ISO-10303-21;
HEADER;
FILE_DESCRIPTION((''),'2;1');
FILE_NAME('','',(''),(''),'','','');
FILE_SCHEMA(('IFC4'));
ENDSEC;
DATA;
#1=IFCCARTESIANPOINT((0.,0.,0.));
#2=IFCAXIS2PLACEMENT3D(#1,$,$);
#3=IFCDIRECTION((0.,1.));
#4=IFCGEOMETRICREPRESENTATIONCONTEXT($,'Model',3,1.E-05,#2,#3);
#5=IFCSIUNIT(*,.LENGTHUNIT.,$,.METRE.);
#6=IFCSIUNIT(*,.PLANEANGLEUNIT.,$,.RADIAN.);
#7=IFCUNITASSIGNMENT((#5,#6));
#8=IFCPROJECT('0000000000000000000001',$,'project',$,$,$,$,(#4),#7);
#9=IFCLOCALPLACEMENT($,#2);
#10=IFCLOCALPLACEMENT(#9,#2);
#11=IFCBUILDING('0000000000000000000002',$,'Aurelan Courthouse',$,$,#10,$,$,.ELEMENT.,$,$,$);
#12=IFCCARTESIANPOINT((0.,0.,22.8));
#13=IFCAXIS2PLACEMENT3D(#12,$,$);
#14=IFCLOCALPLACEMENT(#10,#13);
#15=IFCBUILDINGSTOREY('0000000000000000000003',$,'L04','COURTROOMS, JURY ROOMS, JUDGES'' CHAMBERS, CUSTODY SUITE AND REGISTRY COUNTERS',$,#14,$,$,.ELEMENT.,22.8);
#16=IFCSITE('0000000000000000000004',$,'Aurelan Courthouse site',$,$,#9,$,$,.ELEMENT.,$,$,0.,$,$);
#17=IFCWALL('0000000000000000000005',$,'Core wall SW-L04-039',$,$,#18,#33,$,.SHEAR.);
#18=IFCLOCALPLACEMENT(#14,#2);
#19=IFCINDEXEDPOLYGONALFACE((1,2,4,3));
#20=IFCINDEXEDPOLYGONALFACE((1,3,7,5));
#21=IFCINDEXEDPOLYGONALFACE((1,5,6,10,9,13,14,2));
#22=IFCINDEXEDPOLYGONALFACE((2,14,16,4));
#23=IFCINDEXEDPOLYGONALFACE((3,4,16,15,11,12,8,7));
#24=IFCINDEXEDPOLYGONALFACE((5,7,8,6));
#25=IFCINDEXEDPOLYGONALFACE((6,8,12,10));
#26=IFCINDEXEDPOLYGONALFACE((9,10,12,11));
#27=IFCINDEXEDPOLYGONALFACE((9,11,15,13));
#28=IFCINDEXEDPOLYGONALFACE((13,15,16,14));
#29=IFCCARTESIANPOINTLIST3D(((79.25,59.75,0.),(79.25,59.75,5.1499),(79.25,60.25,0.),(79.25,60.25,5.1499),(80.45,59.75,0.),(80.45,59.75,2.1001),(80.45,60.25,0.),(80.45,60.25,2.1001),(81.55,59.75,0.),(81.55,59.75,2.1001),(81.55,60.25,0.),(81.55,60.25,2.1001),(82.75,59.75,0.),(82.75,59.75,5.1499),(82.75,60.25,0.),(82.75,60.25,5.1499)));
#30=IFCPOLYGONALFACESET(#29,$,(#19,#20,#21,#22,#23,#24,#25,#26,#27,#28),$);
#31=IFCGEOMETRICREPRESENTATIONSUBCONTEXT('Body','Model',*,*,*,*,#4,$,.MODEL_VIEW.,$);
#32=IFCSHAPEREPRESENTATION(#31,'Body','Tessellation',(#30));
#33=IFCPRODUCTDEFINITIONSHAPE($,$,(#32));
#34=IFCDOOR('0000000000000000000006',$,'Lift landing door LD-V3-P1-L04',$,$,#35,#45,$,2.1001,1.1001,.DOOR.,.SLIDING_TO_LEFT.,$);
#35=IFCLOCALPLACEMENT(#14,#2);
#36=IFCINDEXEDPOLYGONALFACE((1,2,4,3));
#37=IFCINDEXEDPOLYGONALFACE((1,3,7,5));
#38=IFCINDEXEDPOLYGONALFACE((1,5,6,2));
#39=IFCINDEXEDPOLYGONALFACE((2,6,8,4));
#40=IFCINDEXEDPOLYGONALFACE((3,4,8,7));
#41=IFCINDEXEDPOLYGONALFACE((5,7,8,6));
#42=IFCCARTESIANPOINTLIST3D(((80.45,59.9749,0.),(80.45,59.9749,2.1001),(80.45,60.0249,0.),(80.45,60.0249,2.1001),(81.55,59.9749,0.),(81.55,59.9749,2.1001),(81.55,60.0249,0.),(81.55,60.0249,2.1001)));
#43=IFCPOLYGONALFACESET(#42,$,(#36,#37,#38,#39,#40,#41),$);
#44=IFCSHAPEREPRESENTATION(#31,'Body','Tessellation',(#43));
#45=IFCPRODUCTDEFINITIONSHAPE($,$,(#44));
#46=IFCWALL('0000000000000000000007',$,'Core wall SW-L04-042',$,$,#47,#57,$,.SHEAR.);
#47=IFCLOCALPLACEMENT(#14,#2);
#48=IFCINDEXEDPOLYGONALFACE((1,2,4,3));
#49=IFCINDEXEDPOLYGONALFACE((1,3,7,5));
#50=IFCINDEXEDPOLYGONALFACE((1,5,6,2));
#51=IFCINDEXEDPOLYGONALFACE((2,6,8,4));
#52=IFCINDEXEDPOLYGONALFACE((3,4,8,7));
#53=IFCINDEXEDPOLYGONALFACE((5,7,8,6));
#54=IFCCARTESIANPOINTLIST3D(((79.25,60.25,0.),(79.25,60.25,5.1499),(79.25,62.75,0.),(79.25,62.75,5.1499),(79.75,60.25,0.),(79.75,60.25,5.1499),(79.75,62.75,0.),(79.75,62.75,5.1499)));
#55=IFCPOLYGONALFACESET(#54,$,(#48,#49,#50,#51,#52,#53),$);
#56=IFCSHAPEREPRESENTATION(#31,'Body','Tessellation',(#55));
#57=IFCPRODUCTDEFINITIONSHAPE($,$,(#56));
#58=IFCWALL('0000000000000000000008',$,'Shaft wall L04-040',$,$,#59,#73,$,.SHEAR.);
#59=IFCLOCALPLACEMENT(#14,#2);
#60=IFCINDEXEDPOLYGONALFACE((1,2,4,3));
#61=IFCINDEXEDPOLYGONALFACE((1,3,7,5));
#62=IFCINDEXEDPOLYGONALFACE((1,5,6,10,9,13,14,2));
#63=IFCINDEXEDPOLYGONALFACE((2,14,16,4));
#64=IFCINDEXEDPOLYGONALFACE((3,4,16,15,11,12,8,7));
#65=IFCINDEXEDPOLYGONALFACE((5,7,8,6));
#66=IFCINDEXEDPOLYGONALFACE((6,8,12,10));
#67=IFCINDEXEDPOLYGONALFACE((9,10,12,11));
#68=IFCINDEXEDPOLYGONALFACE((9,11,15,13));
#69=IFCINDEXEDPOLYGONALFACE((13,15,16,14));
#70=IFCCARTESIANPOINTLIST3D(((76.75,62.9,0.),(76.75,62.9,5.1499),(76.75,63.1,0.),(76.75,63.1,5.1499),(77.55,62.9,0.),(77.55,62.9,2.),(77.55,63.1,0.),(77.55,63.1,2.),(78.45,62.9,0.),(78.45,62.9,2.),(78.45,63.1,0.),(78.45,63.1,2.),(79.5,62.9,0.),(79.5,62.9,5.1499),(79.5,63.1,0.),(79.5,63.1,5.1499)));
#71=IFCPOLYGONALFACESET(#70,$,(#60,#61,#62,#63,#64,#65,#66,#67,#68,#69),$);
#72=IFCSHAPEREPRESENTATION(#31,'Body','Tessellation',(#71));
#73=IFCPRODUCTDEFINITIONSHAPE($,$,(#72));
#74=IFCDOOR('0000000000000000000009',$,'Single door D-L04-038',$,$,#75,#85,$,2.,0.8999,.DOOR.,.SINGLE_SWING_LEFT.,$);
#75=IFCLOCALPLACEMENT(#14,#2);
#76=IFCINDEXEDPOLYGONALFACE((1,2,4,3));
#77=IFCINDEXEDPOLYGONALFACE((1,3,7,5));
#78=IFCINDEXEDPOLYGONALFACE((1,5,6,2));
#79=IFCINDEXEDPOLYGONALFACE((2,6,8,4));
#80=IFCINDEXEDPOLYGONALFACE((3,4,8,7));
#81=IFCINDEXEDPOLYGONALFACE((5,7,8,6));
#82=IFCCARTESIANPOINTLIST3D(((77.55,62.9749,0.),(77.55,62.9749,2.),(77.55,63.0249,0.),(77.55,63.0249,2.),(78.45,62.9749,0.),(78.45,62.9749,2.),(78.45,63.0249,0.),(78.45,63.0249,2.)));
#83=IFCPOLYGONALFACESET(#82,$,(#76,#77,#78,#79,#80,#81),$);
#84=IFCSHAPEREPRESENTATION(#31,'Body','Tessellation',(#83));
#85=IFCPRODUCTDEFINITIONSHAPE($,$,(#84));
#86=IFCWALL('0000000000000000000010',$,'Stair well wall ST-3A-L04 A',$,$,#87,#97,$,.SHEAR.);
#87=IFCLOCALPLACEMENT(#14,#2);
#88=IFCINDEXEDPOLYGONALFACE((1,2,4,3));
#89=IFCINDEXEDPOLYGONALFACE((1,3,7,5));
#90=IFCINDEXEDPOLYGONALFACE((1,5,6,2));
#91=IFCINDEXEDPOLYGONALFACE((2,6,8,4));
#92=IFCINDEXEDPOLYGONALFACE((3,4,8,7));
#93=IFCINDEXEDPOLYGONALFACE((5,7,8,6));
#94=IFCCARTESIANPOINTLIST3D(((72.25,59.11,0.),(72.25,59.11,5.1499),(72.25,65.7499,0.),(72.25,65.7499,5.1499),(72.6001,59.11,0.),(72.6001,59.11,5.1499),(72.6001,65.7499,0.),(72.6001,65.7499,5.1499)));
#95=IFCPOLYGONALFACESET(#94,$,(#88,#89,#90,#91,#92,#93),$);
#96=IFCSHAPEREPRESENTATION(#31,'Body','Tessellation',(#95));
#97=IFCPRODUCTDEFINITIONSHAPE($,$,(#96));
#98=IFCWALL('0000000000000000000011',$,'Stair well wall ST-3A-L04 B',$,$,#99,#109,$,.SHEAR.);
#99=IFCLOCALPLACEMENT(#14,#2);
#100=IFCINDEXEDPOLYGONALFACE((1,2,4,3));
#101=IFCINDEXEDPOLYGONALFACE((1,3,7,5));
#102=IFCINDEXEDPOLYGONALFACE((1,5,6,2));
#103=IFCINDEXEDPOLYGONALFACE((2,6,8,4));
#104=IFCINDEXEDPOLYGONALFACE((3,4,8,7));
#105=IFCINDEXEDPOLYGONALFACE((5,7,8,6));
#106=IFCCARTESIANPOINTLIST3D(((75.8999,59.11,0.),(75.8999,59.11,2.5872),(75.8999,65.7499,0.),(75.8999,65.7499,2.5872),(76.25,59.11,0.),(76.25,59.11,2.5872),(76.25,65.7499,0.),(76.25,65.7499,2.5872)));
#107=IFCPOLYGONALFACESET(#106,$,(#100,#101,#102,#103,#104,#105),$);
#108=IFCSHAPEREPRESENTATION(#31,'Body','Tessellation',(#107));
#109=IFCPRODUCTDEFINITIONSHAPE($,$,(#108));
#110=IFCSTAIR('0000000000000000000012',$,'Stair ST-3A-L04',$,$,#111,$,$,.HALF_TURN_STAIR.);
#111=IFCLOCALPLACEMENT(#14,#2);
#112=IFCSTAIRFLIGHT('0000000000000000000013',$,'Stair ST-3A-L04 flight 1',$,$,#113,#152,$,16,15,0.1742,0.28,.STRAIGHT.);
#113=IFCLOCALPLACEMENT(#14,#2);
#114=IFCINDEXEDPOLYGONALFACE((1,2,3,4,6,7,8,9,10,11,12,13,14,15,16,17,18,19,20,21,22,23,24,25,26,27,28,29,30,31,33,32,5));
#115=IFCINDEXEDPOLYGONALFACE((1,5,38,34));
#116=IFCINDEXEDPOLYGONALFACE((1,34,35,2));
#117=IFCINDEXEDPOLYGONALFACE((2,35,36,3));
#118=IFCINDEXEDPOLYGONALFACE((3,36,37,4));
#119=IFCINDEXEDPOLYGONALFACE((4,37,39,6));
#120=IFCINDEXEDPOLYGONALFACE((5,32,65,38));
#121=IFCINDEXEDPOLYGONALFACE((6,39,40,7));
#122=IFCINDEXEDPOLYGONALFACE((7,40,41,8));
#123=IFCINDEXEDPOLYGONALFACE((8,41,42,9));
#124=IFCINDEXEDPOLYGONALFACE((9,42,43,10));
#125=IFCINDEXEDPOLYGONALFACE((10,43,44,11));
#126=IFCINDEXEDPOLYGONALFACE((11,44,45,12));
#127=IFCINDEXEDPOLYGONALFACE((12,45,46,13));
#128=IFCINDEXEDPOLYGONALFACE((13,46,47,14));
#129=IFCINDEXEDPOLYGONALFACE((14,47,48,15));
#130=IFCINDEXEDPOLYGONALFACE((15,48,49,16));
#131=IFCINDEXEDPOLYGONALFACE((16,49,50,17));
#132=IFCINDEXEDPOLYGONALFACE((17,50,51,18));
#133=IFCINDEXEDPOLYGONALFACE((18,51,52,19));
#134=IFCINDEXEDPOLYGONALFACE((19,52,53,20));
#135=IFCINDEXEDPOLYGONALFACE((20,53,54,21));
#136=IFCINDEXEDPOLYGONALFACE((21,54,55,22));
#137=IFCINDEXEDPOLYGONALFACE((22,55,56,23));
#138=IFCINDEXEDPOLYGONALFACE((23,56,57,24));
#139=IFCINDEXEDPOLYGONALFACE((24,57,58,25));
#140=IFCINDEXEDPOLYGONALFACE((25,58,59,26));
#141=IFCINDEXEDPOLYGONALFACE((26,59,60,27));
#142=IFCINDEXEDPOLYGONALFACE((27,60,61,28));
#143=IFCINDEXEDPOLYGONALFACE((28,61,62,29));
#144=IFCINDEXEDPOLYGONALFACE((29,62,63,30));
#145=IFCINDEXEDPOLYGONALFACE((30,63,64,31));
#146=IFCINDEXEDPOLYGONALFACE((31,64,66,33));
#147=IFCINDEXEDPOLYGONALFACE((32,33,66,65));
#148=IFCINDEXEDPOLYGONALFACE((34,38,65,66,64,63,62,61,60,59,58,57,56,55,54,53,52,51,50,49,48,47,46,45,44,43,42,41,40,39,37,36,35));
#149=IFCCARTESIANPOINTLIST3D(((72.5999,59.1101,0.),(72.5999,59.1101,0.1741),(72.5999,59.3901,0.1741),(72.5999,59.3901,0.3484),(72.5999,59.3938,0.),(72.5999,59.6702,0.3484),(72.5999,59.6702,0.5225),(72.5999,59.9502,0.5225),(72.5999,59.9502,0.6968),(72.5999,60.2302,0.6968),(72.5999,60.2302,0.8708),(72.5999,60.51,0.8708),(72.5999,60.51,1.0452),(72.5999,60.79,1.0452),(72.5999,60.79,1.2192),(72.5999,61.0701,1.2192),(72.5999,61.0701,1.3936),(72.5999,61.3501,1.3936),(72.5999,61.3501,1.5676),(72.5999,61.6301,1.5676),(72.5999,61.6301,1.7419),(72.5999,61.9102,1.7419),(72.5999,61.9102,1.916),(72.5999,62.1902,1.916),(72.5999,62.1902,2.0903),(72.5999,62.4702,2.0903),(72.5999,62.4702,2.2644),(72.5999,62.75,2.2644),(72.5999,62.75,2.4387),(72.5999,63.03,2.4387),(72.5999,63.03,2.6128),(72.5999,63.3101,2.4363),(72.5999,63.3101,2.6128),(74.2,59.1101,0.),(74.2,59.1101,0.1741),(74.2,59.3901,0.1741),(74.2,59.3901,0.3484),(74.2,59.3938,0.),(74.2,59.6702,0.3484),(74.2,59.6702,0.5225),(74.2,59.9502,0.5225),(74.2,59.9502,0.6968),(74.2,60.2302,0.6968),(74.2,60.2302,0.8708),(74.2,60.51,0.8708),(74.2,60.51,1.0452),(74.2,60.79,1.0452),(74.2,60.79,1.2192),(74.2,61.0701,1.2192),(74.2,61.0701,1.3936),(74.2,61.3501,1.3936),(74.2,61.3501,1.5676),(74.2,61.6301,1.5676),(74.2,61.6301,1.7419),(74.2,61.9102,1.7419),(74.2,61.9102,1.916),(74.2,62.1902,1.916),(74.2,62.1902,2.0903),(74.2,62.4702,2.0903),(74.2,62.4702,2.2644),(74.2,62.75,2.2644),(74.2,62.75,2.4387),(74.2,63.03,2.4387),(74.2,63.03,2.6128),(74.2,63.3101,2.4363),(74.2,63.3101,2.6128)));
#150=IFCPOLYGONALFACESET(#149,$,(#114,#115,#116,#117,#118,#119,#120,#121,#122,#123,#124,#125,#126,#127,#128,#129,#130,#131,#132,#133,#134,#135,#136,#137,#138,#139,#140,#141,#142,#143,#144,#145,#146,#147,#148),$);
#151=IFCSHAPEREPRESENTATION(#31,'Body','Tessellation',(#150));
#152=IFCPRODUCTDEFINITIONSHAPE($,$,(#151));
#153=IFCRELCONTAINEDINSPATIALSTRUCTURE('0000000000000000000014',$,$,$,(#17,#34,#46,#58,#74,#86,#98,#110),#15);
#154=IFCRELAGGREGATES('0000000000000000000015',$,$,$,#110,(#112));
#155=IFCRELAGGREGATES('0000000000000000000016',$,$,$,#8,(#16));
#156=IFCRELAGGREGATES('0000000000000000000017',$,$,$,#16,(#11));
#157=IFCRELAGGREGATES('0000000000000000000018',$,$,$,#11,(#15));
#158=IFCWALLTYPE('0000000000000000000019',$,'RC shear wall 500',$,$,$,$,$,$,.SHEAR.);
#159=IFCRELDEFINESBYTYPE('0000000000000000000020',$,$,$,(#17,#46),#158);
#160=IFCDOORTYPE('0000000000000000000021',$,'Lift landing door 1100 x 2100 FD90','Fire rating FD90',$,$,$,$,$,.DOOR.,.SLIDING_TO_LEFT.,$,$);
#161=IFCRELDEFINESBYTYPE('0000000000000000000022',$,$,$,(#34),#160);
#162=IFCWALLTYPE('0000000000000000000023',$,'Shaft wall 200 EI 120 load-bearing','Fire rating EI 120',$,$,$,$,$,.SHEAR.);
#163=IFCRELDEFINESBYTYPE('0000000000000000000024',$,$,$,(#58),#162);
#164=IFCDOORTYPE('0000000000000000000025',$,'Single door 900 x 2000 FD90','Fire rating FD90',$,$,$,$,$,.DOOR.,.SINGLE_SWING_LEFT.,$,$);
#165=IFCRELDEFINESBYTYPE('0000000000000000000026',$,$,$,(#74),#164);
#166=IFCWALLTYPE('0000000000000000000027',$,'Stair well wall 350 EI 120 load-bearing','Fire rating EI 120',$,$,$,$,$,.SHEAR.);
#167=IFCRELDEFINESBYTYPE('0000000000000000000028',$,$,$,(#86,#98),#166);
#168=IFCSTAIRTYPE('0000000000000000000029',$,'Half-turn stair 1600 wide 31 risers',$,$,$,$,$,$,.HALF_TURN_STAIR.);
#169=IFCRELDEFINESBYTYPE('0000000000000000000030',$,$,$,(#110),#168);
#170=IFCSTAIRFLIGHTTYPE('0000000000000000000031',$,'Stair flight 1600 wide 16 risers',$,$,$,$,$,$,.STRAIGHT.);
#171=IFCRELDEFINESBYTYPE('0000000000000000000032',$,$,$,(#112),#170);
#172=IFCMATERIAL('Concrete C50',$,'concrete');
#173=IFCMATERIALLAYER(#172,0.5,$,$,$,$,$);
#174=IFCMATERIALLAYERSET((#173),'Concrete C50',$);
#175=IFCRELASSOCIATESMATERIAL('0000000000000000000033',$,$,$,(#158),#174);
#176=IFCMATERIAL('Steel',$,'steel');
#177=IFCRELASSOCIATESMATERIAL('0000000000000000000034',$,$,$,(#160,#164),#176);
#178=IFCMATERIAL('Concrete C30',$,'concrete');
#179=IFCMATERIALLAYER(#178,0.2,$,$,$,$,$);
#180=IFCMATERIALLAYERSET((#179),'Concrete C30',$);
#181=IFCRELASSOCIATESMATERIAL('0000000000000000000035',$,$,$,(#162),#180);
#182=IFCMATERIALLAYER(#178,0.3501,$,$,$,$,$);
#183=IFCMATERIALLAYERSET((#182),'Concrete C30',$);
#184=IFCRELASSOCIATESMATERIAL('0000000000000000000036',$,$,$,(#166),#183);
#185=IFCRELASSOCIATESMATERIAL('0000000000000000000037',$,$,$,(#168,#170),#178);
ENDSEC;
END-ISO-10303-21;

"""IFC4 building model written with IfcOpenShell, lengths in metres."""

from ifc_helpers import new_model, si_unit, direction, frame, frame_2d, origin, place, context, subcontext, project, spatial, polyline, rectangle, outline, extrude, material, layer, layer_set, type_object, element, fill, aggregate, save


model = new_model("IFC4")

# Units and contexts
model_context = context("Model", 3, precision=1e-05, world=origin(), true_north=direction((0.0, 1.0)))
body_context = subcontext(model_context, "Body", "Model", "MODEL_VIEW")
ifc_project = project(units=[si_unit("LENGTHUNIT", "METRE"), si_unit("PLANEANGLEUNIT", "RADIAN")], contexts=[model_context])

# Site, building, storey
site_placement = place(None, origin())
site = spatial("IfcSite", under=ifc_project, at=site_placement, Name="Aurelan Courthouse site", CompositionType="ELEMENT", RefElevation=0.0)
building_placement = place(site_placement, origin())
building = spatial("IfcBuilding", under=site, at=building_placement, Name="Aurelan Courthouse", CompositionType="ELEMENT")
storey_placement = place(building_placement, frame((0.0, 0.0, 22.8)))
storey = spatial("IfcBuildingStorey", under=building, at=storey_placement, Name="L04", Description="COURTROOMS, JURY ROOMS, JUDGES' CHAMBERS, CUSTODY SUITE AND REGISTRY COUNTERS", CompositionType="ELEMENT", Elevation=22.8)

# Shared definitions
ifc_material_1 = material(Name="Concrete C50", Category="concrete")

# Shared definitions
ifc_material_2 = material(Name="Steel", Category="steel")

# Shared definitions
ifc_layer_1 = layer(ifc_material_1, 0.5)
ifc_layer_set_1 = layer_set([ifc_layer_1], Name="Concrete C50")
wall_type_1 = type_object("IfcWallType", Name="RC shear wall 500", PredefinedType="SHEAR", material=ifc_layer_set_1)

# Wall, opening, door
wall_1_placement = place(storey_placement, frame((79.25, 60.0, 0.0), z_axis=(0.0, 0.0, 1.0), x_axis=(1.0, 0.0, 0.0)))
wall_1 = element("IfcWall", 1, at=wall_1_placement, inside=storey, type_object=wall_type_1, Name="Core wall SW-L04-039", PredefinedType="SHEAR", context=body_context, shape_type="SweptSolid", body=[
    extrude(rectangle(XDim=3.5, YDim=0.5, at=frame_2d((1.75, 0.0))), origin(), (0.0, 0.0, 1.0), 5.1499),
])
opening_1_placement = place(wall_1_placement, frame((1.2, 0.0, 0.0)))
opening_1 = element("IfcOpeningElement", 2, at=opening_1_placement, cuts=wall_1, PredefinedType="OPENING", context=body_context, shape_type="SweptSolid", body=[
    extrude(rectangle(XDim=1.1001, YDim=2.1001, at=frame_2d((0.55, 1.05))), frame((0.0, 0.26, 0.0), z_axis=(0.0, -1.0, 0.0), x_axis=(1.0, 0.0, 0.0)), (0.0, 0.0, 1.0), 0.52),
])
door_type_1 = type_object("IfcDoorType", Name="Lift landing door 1100 x 2100 FD90", Description="Fire rating FD90", OperationType="SLIDING_TO_LEFT", PredefinedType="DOOR", material=ifc_material_2)
door_1_placement = place(opening_1_placement, origin())
door_1 = element("IfcDoor", 3, at=door_1_placement, inside=storey, type_object=door_type_1, Name="Lift landing door LD-V3-P1-L04", OperationType="SLIDING_TO_LEFT", OverallHeight=2.1001, OverallWidth=1.1001, PredefinedType="DOOR", context=body_context, shape_type="SweptSolid", body=[
    extrude(rectangle(XDim=1.1001, YDim=2.1001, at=frame_2d((0.55, 1.05))), frame((0.0, 0.0249, 0.0), z_axis=(0.0, -1.0, 0.0), x_axis=(1.0, 0.0, 0.0)), (0.0, 0.0, 1.0), 0.05),
])
fill(opening_1, door_1)

# Wall
wall_2_placement = place(storey_placement, frame((79.5, 60.25, 0.0), z_axis=(0.0, 0.0, 1.0), x_axis=(0.0, 1.0, 0.0)))
element("IfcWall", 4, at=wall_2_placement, inside=storey, type_object=wall_type_1, Name="Core wall SW-L04-042", PredefinedType="SHEAR", context=body_context, shape_type="SweptSolid", body=[
    extrude(rectangle(XDim=2.5, YDim=0.5, at=frame_2d((1.25, 0.0))), origin(), (0.0, 0.0, 1.0), 5.1499),
])

# Wall, opening, door
ifc_material_3 = material(Name="Concrete C30", Category="concrete")
ifc_layer_2 = layer(ifc_material_3, 0.2)
ifc_layer_set_2 = layer_set([ifc_layer_2], Name="Concrete C30")
wall_type_2 = type_object("IfcWallType", Name="Shaft wall 200 EI 120 load-bearing", Description="Fire rating EI 120", PredefinedType="SHEAR", material=ifc_layer_set_2)
wall_3_placement = place(storey_placement, frame((76.75, 63.0, 0.0), z_axis=(0.0, 0.0, 1.0), x_axis=(1.0, 0.0, 0.0)))
wall_3 = element("IfcWall", 5, at=wall_3_placement, inside=storey, type_object=wall_type_2, Name="Shaft wall L04-040", PredefinedType="SHEAR", context=body_context, shape_type="SweptSolid", body=[
    extrude(rectangle(XDim=2.75, YDim=0.2, at=frame_2d((1.375, 0.0))), origin(), (0.0, 0.0, 1.0), 5.1499),
])
opening_2_placement = place(wall_3_placement, frame((0.8, 0.0, 0.0)))
opening_2 = element("IfcOpeningElement", 6, at=opening_2_placement, cuts=wall_3, PredefinedType="OPENING", context=body_context, shape_type="SweptSolid", body=[
    extrude(rectangle(XDim=0.8999, YDim=2.0, at=frame_2d((0.45, 1.0))), frame((0.0, 0.1099, 0.0), z_axis=(0.0, -1.0, 0.0), x_axis=(1.0, 0.0, 0.0)), (0.0, 0.0, 1.0), 0.22),
])
door_type_2 = type_object("IfcDoorType", Name="Single door 900 x 2000 FD90", Description="Fire rating FD90", OperationType="SINGLE_SWING_LEFT", PredefinedType="DOOR", material=ifc_material_2)
door_2_placement = place(opening_2_placement, origin())
door_2 = element("IfcDoor", 7, at=door_2_placement, inside=storey, type_object=door_type_2, Name="Single door D-L04-038", OperationType="SINGLE_SWING_LEFT", OverallHeight=2.0, OverallWidth=0.8999, PredefinedType="DOOR", context=body_context, shape_type="SweptSolid", body=[
    extrude(rectangle(XDim=0.8999, YDim=2.0, at=frame_2d((0.45, 1.0))), frame((0.0, 0.0249, 0.0), z_axis=(0.0, -1.0, 0.0), x_axis=(1.0, 0.0, 0.0)), (0.0, 0.0, 1.0), 0.05),
])
fill(opening_2, door_2)

# Walls
ifc_layer_3 = layer(ifc_material_3, 0.3501)
ifc_layer_set_3 = layer_set([ifc_layer_3], Name="Concrete C30")
wall_type_3 = type_object("IfcWallType", Name="Stair well wall 350 EI 120 load-bearing", Description="Fire rating EI 120", PredefinedType="SHEAR", material=ifc_layer_set_3)
wall_4_placement = place(storey_placement, frame((72.425, 59.1101, 0.0), z_axis=(0.0, 0.0, 1.0), x_axis=(0.0, 1.0, 0.0)))
element("IfcWall", 8, at=wall_4_placement, inside=storey, type_object=wall_type_3, Name="Stair well wall ST-3A-L04 A", PredefinedType="SHEAR", context=body_context, shape_type="SweptSolid", body=[
    extrude(rectangle(XDim=6.6399, YDim=0.3501, at=frame_2d((3.3198, 0.0))), origin(), (0.0, 0.0, 1.0), 5.1499),
])
wall_5_placement = place(storey_placement, frame((76.075, 59.1101, 0.0), z_axis=(0.0, 0.0, 1.0), x_axis=(0.0, 1.0, 0.0)))
element("IfcWall", 9, at=wall_5_placement, inside=storey, type_object=wall_type_3, Name="Stair well wall ST-3A-L04 B", PredefinedType="SHEAR", context=body_context, shape_type="SweptSolid", body=[
    extrude(rectangle(XDim=6.6399, YDim=0.3501, at=frame_2d((3.3198, 0.0))), origin(), (0.0, 0.0, 1.0), 2.5872),
])

# Stair, stair flight
stair_type = type_object("IfcStairType", Name="Half-turn stair 1600 wide 31 risers", PredefinedType="HALF_TURN_STAIR", material=ifc_material_3)
stair_placement = place(storey_placement, origin())
stair = element("IfcStair", 10, at=stair_placement, inside=storey, type_object=stair_type, Name="Stair ST-3A-L04", PredefinedType="HALF_TURN_STAIR")
stair_flight_type = type_object("IfcStairFlightType", Name="Stair flight 1600 wide 16 risers", PredefinedType="STRAIGHT", material=ifc_material_3)
stair_flight_placement = place(storey_placement, frame((73.3999, 59.1101, 0.0), z_axis=(0.0, 0.0, 1.0), x_axis=(0.0, 1.0, 0.0)))
stair_flight = element("IfcStairFlight", 11, at=stair_flight_placement, type_object=stair_flight_type, Name="Stair ST-3A-L04 flight 1", NumberOfRisers=16, NumberOfTreads=15, PredefinedType="STRAIGHT", RiserHeight=0.1742, TreadLength=0.28, context=body_context, shape_type="SweptSolid", body=[
    extrude(outline(polyline([(0.0, 0.0), (0.0, 0.1741), (0.28, 0.1741), (0.28, 0.3484), (0.5601, 0.3484), (0.5601, 0.5225), (0.8401, 0.5225), (0.8401, 0.6968), (1.1201, 0.6968), (1.1201, 0.8708), (1.3999, 0.8708), (1.3999, 1.0452), (1.6799, 1.0452), (1.6799, 1.2192), (1.96, 1.2192), (1.96, 1.3936), (2.24, 1.3936), (2.24, 1.5676), (2.52, 1.5676), (2.52, 1.7419), (2.8, 1.7419), (2.8, 1.916), (3.0801, 1.916), (3.0801, 2.0903), (3.3601, 2.0903), (3.3601, 2.2644), (3.6399, 2.2644), (3.6399, 2.4387), (3.9199, 2.4387), (3.9199, 2.6128), (4.2, 2.6128), (4.2, 2.7871), (4.2, 2.4363), (0.2837, 0.0), (0.0, 0.0)])), frame((0.0, 0.8, 0.0), z_axis=(0.0, -1.0, 0.0), x_axis=(1.0, 0.0, 0.0)), (0.0, 0.0, 1.0), 1.6001),
])
aggregate(stair, [stair_flight])

save(model, "model.ifc")
